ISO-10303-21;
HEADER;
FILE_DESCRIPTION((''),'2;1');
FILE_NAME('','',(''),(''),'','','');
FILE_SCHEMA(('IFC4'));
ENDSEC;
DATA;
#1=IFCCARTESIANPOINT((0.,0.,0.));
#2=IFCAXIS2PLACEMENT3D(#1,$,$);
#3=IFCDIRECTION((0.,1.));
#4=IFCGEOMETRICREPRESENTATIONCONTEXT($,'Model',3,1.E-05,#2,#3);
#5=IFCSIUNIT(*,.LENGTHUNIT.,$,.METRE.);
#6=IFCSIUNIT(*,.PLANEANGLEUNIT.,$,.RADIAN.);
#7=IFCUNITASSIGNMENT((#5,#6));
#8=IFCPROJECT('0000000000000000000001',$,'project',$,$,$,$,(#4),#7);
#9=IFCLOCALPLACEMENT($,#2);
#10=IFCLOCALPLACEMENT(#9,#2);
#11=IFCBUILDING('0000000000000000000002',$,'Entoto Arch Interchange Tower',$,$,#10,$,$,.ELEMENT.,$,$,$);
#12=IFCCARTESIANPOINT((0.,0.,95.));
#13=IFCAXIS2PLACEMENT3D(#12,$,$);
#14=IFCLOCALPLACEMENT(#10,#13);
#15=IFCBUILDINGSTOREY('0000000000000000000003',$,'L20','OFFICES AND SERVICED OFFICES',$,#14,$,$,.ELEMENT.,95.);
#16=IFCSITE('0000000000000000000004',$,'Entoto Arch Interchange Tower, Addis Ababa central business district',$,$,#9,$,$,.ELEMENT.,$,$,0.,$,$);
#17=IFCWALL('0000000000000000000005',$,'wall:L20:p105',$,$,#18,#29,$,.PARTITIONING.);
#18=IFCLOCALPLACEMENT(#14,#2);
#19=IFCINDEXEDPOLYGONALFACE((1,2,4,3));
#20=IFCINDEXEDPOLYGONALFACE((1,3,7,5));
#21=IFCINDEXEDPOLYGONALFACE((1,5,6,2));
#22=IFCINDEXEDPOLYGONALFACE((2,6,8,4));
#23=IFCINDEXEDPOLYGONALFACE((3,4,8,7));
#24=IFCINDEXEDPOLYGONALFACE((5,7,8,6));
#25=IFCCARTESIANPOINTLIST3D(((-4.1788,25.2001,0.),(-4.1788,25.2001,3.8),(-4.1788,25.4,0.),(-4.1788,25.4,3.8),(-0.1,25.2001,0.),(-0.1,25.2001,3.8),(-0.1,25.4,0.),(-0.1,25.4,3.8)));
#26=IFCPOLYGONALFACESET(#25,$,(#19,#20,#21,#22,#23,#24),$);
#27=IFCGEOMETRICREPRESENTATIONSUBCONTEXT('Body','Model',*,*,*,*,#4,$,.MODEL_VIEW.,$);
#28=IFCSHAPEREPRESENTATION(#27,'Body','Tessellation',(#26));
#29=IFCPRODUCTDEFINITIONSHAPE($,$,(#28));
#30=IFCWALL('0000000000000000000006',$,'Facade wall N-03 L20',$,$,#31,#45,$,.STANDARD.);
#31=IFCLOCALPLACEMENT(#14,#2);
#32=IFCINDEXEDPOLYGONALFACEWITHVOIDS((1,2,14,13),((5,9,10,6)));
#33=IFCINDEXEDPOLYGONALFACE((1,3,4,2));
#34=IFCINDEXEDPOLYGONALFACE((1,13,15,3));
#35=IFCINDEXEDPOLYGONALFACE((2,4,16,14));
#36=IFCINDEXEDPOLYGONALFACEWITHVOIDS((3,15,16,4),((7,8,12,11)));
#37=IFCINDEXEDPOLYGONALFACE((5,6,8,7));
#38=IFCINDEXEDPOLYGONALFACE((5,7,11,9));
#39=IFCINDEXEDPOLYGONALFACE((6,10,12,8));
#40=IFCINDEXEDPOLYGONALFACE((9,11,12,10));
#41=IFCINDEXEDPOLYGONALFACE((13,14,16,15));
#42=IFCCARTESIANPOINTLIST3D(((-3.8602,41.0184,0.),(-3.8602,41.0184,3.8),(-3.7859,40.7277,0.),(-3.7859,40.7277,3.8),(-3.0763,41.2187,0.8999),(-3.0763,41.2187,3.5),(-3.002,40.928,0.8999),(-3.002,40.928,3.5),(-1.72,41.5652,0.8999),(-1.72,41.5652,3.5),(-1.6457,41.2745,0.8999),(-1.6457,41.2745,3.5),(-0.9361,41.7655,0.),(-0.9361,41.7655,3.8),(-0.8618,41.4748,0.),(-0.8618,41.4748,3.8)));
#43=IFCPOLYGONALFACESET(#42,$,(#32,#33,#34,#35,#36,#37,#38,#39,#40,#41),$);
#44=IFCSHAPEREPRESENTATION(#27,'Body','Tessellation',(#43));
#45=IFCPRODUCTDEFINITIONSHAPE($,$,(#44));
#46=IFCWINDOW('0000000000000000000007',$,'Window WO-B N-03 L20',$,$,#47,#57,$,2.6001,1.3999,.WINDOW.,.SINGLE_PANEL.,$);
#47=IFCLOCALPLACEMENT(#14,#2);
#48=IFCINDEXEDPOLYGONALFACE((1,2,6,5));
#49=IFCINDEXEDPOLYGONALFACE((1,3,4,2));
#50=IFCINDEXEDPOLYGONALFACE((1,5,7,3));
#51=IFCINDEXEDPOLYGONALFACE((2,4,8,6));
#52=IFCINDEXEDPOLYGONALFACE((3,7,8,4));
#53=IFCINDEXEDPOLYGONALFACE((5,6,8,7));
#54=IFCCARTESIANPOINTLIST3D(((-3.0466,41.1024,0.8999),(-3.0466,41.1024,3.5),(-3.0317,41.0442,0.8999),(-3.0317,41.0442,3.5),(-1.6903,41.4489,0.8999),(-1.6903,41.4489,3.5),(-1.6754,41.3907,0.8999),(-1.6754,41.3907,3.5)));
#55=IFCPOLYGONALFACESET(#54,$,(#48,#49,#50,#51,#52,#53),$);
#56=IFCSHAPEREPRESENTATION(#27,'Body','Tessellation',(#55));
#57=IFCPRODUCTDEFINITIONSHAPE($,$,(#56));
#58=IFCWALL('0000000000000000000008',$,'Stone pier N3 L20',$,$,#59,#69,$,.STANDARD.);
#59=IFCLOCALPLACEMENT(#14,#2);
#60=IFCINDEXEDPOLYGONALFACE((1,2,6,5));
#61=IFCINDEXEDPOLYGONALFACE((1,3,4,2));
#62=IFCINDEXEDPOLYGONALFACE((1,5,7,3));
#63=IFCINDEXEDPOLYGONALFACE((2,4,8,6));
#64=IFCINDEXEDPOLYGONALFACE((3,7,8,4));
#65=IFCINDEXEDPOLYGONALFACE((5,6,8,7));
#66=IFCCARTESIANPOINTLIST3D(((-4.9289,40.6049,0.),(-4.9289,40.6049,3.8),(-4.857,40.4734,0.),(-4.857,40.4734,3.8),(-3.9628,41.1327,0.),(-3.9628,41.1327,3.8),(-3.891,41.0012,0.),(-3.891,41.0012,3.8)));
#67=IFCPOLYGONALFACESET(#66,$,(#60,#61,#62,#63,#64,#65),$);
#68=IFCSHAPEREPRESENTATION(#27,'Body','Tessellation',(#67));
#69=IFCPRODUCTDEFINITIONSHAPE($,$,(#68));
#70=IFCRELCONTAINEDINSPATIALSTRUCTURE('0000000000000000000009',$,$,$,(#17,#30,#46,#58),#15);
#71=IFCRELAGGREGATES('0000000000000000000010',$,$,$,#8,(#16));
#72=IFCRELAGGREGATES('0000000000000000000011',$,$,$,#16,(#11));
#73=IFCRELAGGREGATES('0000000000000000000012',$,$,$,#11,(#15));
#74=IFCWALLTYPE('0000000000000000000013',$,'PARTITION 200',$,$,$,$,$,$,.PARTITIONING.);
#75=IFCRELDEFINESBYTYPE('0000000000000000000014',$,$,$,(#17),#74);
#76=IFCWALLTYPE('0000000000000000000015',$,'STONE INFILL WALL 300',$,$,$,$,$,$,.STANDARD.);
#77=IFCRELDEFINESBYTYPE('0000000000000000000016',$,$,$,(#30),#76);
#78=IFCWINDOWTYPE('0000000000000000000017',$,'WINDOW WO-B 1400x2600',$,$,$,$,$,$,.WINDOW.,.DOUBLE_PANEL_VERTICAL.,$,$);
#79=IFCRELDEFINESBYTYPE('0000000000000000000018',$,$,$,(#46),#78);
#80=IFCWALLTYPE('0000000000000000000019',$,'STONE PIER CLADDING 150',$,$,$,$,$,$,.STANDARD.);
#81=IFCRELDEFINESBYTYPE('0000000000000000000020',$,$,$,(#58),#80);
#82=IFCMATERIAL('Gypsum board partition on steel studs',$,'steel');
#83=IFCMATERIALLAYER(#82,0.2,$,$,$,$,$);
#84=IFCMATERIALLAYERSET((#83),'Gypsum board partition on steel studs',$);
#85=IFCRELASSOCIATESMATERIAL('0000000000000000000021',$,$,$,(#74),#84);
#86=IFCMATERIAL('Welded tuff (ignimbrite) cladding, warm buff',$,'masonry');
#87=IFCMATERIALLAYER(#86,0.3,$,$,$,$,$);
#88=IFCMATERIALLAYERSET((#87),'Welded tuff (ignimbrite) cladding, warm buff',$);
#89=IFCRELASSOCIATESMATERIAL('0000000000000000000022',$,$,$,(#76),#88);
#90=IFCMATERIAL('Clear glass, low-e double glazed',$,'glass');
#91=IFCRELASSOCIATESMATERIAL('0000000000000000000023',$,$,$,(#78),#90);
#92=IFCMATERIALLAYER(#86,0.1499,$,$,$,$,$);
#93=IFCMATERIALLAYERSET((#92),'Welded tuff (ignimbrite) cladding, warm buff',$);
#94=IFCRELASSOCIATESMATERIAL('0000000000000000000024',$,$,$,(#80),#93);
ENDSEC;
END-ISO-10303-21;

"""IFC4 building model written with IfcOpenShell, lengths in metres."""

from ifc_helpers import new_model, si_unit, direction, frame, frame_2d, origin, place, context, subcontext, project, spatial, rectangle, extrude, material, layer, layer_set, type_object, element, fill, save


model = new_model("IFC4")

# Units and contexts
model_context = context("Model", 3, precision=1e-05, world=origin(), true_north=direction((0.0, 1.0)))
body_context = subcontext(model_context, "Body", "Model", "MODEL_VIEW")
ifc_project = project(units=[si_unit("LENGTHUNIT", "METRE"), si_unit("PLANEANGLEUNIT", "RADIAN")], contexts=[model_context])

# Site, building, storey
site_placement = place(None, origin())
site = spatial("IfcSite", under=ifc_project, at=site_placement, Name="Entoto Arch Interchange Tower, Addis Ababa central business district", CompositionType="ELEMENT", RefElevation=0.0)
building_placement = place(site_placement, origin())
building = spatial("IfcBuilding", under=site, at=building_placement, Name="Entoto Arch Interchange Tower", CompositionType="ELEMENT")
storey_placement = place(building_placement, frame((0.0, 0.0, 95.0)))
storey = spatial("IfcBuildingStorey", under=building, at=storey_placement, Name="L20", Description="OFFICES AND SERVICED OFFICES", CompositionType="ELEMENT", Elevation=95.0)

# Shared definitions
ifc_material_1 = material(Name="Gypsum board partition on steel studs", Category="steel")
ifc_layer_1 = layer(ifc_material_1, 0.2)
ifc_layer_set_1 = layer_set([ifc_layer_1], Name="Gypsum board partition on steel studs")
wall_type_1 = type_object("IfcWallType", Name="PARTITION 200", PredefinedType="PARTITIONING", material=ifc_layer_set_1)

# Wall
wall_1_placement = place(storey_placement, frame((-4.179, 25.3, 0.0), z_axis=(0.0, 0.0, 1.0), x_axis=(1.0, 0.0, 0.0)))
element("IfcWall", 1, at=wall_1_placement, inside=storey, type_object=wall_type_1, Name="wall:L20:p105", PredefinedType="PARTITIONING", context=body_context, shape_type="SweptSolid", body=[
    extrude(rectangle(XDim=4.0789, YDim=0.2, at=frame_2d((2.0396, 0.0))), origin(), (0.0, 0.0, 1.0), 3.8),
])

# Wall, opening, window
ifc_material_2 = material(Name="Welded tuff (ignimbrite) cladding, warm buff", Category="masonry")
ifc_layer_2 = layer(ifc_material_2, 0.3)
ifc_layer_set_2 = layer_set([ifc_layer_2], Name="Welded tuff (ignimbrite) cladding, warm buff")
wall_type_2 = type_object("IfcWallType", Name="STONE INFILL WALL 300", PredefinedType="STANDARD", material=ifc_layer_set_2)
wall_2_placement = place(storey_placement, frame((-0.8989, 41.6201, 0.0), z_axis=(0.0, 0.0, 1.0), x_axis=(-0.968878, -0.247538, 0.0)))
wall_2 = element("IfcWall", 2, at=wall_2_placement, inside=storey, type_object=wall_type_2, Name="Facade wall N-03 L20", PredefinedType="STANDARD", context=body_context, shape_type="SweptSolid", body=[
    extrude(rectangle(XDim=3.0181, YDim=0.3, at=frame_2d((1.509, 0.0))), origin(), (0.0, 0.0, 1.0), 3.8),
])
opening_1_placement = place(wall_2_placement, frame((0.8091, 0.0, 0.8999)))
opening_1 = element("IfcOpeningElement", 3, at=opening_1_placement, cuts=wall_2, PredefinedType="OPENING", context=body_context, shape_type="SweptSolid", body=[
    extrude(rectangle(XDim=1.3999, YDim=2.6001, at=frame_2d((0.7, 1.3))), frame((0.0, 0.1602, 0.0), z_axis=(0.0, -1.0, 0.0), x_axis=(1.0, 0.0, 0.0)), (0.0, 0.0, 1.0), 0.3201),
])
ifc_material_3 = material(Name="Clear glass, low-e double glazed", Category="glass")
window_type = type_object("IfcWindowType", Name="WINDOW WO-B 1400x2600", PartitioningType="DOUBLE_PANEL_VERTICAL", PredefinedType="WINDOW", material=ifc_material_3)
window_placement = place(opening_1_placement, origin())
window = element("IfcWindow", 4, at=window_placement, inside=storey, type_object=window_type, Name="Window WO-B N-03 L20", OverallHeight=2.6001, OverallWidth=1.3999, PartitioningType="SINGLE_PANEL", PredefinedType="WINDOW", context=body_context, shape_type="SweptSolid", body=[
    extrude(rectangle(XDim=1.3999, YDim=2.6001, at=frame_2d((0.7, 1.3))), frame((0.0, 0.03, 0.0), z_axis=(0.0, -1.0, 0.0), x_axis=(1.0, 0.0, 0.0)), (0.0, 0.0, 1.0), 0.0601),
])
fill(opening_1, window)

# Wall
ifc_layer_3 = layer(ifc_material_2, 0.1499)
ifc_layer_set_3 = layer_set([ifc_layer_3], Name="Welded tuff (ignimbrite) cladding, warm buff")
wall_type_3 = type_object("IfcWallType", Name="STONE PIER CLADDING 150", PredefinedType="STANDARD", material=ifc_layer_set_3)
wall_3_placement = place(storey_placement, frame((-3.927, 41.0669, 0.0), z_axis=(0.0, 0.0, 1.0), x_axis=(-0.877556, -0.479474, 0.0)))
element("IfcWall", 5, at=wall_3_placement, inside=storey, type_object=wall_type_3, Name="Stone pier N3 L20", PredefinedType="STANDARD", context=body_context, shape_type="SweptSolid", body=[
    extrude(rectangle(XDim=1.1008, YDim=0.1499, at=frame_2d((0.5503, 0.0))), origin(), (0.0, 0.0, 1.0), 3.8),
])

save(model, "model.ifc")
